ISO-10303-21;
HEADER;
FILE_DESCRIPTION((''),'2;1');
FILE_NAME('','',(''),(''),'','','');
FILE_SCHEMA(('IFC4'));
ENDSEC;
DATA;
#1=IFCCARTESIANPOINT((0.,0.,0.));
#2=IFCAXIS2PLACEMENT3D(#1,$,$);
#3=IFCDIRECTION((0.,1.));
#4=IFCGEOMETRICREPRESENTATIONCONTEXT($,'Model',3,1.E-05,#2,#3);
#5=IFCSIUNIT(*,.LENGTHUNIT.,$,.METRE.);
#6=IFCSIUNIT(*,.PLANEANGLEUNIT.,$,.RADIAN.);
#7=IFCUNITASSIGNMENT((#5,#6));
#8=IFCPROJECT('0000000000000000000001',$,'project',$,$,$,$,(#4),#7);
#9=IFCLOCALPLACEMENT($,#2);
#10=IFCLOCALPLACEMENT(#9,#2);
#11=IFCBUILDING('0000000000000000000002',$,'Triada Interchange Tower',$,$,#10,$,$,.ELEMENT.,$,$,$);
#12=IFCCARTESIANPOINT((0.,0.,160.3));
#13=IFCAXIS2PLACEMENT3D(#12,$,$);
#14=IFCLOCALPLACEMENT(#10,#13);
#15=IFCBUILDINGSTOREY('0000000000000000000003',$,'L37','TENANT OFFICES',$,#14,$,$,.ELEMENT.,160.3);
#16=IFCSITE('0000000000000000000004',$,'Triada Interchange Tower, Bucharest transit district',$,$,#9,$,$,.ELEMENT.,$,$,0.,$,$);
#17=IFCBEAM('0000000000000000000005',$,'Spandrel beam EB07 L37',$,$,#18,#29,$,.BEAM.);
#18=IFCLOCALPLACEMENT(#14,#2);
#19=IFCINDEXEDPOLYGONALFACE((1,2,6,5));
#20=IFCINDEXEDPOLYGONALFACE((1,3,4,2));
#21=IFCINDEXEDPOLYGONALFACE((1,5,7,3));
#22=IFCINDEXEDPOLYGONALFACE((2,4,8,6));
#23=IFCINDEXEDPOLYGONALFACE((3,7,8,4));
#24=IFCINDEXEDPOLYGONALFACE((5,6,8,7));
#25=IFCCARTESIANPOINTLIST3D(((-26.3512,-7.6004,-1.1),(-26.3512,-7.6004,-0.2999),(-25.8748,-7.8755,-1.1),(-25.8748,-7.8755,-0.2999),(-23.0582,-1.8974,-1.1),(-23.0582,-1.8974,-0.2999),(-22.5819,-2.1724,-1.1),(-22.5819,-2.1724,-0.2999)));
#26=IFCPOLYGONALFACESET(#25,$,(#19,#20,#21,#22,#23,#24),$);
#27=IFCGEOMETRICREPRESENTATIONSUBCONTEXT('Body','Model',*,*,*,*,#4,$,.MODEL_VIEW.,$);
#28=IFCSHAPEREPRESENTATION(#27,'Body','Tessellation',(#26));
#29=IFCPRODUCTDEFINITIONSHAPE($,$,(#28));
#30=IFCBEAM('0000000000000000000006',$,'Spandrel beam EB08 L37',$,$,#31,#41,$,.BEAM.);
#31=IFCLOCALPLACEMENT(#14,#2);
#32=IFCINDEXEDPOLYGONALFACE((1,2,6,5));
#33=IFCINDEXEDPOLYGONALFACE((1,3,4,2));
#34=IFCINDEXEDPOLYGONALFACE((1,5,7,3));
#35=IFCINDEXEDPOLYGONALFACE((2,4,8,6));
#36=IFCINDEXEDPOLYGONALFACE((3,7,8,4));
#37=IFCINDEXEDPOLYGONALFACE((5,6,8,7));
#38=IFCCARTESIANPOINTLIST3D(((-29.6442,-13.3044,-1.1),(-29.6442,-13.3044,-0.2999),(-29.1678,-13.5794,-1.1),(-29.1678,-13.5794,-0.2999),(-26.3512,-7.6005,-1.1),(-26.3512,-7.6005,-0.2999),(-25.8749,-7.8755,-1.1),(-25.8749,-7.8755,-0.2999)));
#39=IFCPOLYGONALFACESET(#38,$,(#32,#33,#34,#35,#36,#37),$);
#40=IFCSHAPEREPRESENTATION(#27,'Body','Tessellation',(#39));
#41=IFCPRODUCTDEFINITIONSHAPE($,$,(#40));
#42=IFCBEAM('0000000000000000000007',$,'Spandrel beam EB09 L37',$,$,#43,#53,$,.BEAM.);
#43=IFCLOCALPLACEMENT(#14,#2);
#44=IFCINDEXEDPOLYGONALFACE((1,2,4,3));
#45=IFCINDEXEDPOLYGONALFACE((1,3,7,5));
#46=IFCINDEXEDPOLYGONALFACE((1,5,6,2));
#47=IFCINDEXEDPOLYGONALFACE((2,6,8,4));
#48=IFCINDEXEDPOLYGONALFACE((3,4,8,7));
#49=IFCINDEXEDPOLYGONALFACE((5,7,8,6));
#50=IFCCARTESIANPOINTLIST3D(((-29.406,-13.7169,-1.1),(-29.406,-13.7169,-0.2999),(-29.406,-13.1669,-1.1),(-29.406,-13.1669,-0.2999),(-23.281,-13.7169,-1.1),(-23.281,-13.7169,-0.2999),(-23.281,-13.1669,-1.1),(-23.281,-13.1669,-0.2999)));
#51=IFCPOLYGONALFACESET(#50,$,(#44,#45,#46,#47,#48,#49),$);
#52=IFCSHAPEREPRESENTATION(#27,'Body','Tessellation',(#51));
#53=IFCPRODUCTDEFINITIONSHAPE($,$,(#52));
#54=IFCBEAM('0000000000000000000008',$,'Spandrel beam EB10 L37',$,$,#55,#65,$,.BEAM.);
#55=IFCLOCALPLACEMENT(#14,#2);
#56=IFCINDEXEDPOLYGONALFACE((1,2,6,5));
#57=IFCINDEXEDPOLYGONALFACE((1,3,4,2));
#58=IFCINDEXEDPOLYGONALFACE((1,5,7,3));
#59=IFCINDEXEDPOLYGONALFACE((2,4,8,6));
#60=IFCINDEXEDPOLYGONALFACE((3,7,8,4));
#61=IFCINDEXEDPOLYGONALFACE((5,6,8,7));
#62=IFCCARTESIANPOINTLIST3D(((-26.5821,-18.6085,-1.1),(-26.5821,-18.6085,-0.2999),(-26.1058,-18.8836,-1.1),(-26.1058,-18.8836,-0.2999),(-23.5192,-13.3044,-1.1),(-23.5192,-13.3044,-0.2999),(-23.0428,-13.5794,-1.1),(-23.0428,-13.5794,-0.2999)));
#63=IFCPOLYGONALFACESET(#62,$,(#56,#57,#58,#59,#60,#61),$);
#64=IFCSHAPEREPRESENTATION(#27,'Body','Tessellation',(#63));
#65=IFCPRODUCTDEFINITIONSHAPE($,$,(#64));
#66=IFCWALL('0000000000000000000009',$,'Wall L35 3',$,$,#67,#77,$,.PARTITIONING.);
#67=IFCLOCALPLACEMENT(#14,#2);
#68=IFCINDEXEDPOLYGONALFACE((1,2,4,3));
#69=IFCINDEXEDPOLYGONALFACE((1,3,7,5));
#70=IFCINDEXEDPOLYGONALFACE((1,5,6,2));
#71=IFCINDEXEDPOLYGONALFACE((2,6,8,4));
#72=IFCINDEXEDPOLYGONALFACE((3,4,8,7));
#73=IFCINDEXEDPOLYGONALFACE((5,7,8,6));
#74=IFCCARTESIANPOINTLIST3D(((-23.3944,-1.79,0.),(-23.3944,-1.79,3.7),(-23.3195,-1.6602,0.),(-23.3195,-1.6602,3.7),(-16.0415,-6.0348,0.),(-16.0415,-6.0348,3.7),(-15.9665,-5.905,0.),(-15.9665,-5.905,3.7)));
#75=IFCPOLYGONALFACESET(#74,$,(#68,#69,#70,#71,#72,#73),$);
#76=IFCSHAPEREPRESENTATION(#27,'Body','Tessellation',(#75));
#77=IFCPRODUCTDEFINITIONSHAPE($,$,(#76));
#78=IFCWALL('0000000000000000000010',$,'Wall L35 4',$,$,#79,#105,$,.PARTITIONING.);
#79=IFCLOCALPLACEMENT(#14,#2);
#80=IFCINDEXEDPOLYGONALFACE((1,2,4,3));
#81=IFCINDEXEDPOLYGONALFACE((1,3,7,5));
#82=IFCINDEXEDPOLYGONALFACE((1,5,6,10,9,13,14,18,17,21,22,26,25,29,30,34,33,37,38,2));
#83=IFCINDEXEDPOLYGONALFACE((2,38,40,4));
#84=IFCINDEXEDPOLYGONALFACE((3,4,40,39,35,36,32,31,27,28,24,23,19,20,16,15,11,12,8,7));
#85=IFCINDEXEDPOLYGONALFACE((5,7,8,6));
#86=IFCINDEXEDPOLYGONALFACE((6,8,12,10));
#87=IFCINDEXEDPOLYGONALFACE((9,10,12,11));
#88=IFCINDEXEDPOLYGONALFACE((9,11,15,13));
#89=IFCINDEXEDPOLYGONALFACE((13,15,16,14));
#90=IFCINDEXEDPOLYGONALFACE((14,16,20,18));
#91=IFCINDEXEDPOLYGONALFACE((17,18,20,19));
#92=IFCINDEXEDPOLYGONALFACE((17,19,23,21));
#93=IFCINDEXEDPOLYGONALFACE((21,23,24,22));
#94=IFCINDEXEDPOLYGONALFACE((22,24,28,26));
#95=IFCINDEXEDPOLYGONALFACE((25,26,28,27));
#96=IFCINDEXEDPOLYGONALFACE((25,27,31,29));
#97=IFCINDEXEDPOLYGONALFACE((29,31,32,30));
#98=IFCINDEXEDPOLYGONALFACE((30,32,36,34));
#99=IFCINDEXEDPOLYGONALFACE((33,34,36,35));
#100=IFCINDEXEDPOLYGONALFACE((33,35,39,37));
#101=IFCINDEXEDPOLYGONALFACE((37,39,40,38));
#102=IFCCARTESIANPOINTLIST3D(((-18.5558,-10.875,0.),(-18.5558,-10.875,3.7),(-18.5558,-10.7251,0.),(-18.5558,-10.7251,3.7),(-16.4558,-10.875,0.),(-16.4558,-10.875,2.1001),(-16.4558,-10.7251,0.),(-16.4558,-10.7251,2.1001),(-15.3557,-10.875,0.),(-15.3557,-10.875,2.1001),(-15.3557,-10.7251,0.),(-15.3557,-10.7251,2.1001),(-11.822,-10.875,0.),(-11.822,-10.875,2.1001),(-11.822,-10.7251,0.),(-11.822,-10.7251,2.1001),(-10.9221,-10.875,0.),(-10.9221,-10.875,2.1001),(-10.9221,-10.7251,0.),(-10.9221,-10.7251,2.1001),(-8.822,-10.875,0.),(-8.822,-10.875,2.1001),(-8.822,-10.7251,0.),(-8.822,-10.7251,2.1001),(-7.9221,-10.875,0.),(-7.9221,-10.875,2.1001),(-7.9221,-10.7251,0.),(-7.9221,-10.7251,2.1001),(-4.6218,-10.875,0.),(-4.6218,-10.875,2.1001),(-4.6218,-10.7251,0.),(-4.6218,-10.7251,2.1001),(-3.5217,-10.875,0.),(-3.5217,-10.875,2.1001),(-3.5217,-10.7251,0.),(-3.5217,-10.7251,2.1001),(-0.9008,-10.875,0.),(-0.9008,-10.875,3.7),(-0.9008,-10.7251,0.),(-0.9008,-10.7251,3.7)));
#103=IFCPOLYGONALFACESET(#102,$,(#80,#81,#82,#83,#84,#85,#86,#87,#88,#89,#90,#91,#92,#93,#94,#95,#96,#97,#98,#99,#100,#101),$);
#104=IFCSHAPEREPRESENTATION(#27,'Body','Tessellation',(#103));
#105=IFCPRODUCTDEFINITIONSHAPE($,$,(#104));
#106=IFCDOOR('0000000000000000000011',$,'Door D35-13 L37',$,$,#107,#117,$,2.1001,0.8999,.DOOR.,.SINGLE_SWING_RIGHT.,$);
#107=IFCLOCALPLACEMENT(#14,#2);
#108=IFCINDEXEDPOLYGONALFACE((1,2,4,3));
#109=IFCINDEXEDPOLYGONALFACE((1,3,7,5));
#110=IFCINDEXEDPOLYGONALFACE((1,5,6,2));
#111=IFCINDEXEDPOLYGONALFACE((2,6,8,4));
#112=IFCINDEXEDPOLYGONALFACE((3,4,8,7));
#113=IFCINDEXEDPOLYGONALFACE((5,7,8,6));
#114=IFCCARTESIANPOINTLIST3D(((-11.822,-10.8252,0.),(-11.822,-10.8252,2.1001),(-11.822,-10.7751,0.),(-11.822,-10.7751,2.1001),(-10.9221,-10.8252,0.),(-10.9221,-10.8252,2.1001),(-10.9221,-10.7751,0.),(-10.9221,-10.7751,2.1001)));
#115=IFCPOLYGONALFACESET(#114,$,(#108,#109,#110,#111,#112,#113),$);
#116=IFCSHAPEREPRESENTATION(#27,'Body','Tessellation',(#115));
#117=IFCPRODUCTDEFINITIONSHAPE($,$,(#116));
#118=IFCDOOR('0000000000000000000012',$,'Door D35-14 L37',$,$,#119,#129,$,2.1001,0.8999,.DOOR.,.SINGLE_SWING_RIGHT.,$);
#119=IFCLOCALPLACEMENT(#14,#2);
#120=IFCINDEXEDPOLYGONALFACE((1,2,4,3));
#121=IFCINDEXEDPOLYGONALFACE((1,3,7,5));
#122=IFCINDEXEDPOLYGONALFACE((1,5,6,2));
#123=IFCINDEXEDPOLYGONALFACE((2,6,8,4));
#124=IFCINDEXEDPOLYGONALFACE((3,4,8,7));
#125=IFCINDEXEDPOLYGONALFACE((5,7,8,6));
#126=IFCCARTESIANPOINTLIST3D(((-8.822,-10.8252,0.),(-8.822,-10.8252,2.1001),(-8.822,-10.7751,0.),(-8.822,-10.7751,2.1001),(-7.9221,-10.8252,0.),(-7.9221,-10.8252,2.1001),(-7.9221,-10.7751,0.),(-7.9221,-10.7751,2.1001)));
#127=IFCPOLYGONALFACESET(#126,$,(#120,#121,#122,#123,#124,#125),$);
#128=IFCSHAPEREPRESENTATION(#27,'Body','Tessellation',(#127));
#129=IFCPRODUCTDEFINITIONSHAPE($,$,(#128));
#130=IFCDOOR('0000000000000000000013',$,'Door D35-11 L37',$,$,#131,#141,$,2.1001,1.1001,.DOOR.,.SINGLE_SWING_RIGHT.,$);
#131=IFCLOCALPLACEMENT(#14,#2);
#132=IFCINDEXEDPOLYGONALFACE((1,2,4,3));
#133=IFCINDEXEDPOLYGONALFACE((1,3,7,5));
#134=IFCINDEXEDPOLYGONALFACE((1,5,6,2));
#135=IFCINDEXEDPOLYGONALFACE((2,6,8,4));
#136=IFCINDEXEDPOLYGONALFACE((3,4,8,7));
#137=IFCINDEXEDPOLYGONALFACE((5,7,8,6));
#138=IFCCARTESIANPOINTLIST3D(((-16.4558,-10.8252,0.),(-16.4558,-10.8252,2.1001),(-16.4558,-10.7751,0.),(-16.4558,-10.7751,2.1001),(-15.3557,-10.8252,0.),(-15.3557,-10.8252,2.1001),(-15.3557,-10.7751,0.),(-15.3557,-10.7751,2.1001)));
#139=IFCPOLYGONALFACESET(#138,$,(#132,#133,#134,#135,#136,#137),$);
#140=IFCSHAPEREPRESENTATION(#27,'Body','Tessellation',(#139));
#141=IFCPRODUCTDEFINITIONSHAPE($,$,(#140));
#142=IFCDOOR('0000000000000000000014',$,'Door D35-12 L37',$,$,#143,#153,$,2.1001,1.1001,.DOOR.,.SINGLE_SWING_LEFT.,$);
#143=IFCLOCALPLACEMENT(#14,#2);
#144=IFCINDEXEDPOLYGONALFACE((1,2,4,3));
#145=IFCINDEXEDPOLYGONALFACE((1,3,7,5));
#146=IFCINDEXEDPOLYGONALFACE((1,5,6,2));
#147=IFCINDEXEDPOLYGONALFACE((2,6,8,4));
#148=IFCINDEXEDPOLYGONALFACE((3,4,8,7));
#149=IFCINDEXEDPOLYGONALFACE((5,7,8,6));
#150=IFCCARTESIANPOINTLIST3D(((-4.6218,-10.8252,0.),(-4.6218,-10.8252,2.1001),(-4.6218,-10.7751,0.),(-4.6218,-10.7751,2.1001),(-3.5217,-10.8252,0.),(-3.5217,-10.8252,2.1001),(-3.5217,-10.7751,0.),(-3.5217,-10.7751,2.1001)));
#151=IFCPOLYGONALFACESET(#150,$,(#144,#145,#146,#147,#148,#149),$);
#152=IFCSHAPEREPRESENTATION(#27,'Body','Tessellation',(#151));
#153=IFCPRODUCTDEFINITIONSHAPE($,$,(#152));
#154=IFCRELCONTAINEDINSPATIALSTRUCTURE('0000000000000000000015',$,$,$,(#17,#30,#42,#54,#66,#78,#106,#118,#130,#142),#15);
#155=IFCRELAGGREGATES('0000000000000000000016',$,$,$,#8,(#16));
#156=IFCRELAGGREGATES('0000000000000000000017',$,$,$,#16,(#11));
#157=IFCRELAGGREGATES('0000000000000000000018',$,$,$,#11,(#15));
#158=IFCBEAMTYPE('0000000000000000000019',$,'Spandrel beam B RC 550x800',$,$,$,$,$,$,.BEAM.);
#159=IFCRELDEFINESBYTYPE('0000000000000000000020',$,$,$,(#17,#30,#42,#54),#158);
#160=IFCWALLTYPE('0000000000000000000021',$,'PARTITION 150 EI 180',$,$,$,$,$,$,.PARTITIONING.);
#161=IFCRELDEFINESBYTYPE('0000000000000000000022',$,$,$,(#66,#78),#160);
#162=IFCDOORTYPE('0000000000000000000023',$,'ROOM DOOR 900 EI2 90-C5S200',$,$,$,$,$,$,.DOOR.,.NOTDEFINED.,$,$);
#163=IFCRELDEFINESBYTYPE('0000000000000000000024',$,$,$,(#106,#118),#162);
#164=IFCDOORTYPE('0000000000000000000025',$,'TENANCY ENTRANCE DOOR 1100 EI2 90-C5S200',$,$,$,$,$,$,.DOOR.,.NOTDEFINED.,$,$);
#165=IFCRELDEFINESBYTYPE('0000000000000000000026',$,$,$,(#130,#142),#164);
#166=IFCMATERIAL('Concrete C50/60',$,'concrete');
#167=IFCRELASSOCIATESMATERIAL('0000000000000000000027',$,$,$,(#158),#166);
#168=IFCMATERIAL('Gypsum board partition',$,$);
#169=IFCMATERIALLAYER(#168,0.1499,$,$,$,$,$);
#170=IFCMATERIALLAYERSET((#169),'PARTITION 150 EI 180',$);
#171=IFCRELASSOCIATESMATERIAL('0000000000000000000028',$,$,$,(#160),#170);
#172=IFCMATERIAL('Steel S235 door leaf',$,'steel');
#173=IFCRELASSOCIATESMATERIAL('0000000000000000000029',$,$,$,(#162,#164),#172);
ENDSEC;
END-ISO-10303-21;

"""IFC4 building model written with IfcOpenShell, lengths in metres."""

from ifc_helpers import new_model, si_unit, direction, frame, frame_2d, origin, origin_2d, place, context, subcontext, project, spatial, rectangle, extrude, material, layer, layer_set, material_profile, profile_set, type_object, element, fill, save


model = new_model("IFC4")

# Units and contexts
model_context = context("Model", 3, precision=1e-05, world=origin(), true_north=direction((0.0, 1.0)))
body_context = subcontext(model_context, "Body", "Model", "MODEL_VIEW")
ifc_project = project(units=[si_unit("LENGTHUNIT", "METRE"), si_unit("PLANEANGLEUNIT", "RADIAN")], contexts=[model_context])

# Site, building, storey
site_placement = place(None, origin())
site = spatial("IfcSite", under=ifc_project, at=site_placement, Name="Triada Interchange Tower, Bucharest transit district", CompositionType="ELEMENT", RefElevation=0.0)
building_placement = place(site_placement, origin())
building = spatial("IfcBuilding", under=site, at=building_placement, Name="Triada Interchange Tower", CompositionType="ELEMENT")
storey_placement = place(building_placement, frame((0.0, 0.0, 160.3)))
storey = spatial("IfcBuildingStorey", under=building, at=storey_placement, Name="L37", Description="TENANT OFFICES", CompositionType="ELEMENT", Elevation=160.3)

# Beams
ifc_material_1 = material(Name="Concrete C50/60", Category="concrete")
ifc_material_profile_1 = material_profile(ifc_material_1, rectangle(XDim=0.55, YDim=0.8, at=origin_2d()), Name="RC 550x800")
ifc_profile_set_1 = profile_set([ifc_material_profile_1], Name="Concrete C50/60")
beam_type_1 = type_object("IfcBeamType", Name="Spandrel beam B RC 550x800", PredefinedType="BEAM", material=ifc_profile_set_1)
beam_1_placement = place(storey_placement, frame((-22.8201, -2.0349, -0.7), z_axis=(-0.500031, -0.866008, 0.0), x_axis=(0.866008, -0.500031, 0.0)))
element("IfcBeam", 1, at=beam_1_placement, inside=storey, type_object=beam_type_1, Name="Spandrel beam EB07 L37", PredefinedType="BEAM", context=body_context, shape_type="SweptSolid", body=[
    extrude(rectangle(XDim=0.55, YDim=0.8, at=origin_2d()), origin(), (0.0, 0.0, 1.0), 6.5854),
])
beam_2_placement = place(storey_placement, frame((-26.113, -7.738, -0.7), z_axis=(-0.499982, -0.866036, 0.0), x_axis=(0.866036, -0.499982, 0.0)))
element("IfcBeam", 2, at=beam_2_placement, inside=storey, type_object=beam_type_1, Name="Spandrel beam EB08 L37", PredefinedType="BEAM", context=body_context, shape_type="SweptSolid", body=[
    extrude(rectangle(XDim=0.55, YDim=0.8, at=origin_2d()), origin(), (0.0, 0.0, 1.0), 6.5862),
])
for number, where, z_axis, x_axis, name in (
    (3, (-29.406, -13.4419, -0.7), (1.0, 0.0, 0.0), (0.0, 1.0, 0.0), "Spandrel beam EB09 L37"),
    (4, (-23.281, -13.4419, -0.7), (-0.500074, -0.865982, 0.0), (0.865982, -0.500074, 0.0), "Spandrel beam EB10 L37"),
):
    element("IfcBeam", number, at=place(storey_placement, frame(where, z_axis=z_axis, x_axis=x_axis)), inside=storey, type_object=beam_type_1, Name=name, PredefinedType="BEAM", context=body_context, shape_type="SweptSolid", body=[
        extrude(rectangle(XDim=0.55, YDim=0.8, at=origin_2d()), origin(), (0.0, 0.0, 1.0), 6.125),
    ])

# Wall
ifc_material_2 = material(Name="Gypsum board partition")
ifc_layer_1 = layer(ifc_material_2, 0.1499)
ifc_layer_set_1 = layer_set([ifc_layer_1], Name="PARTITION 150 EI 180")
wall_type = type_object("IfcWallType", Name="PARTITION 150 EI 180", PredefinedType="PARTITIONING", material=ifc_layer_set_1)
wall_1_placement = place(storey_placement, frame((-23.3569, -1.7251, 0.0), z_axis=(0.0, 0.0, 1.0), x_axis=(0.866046, -0.499965, 0.0)))
element("IfcWall", 5, at=wall_1_placement, inside=storey, type_object=wall_type, Name="Wall L35 3", PredefinedType="PARTITIONING", context=body_context, shape_type="SweptSolid", body=[
    extrude(rectangle(XDim=8.4902, YDim=0.1499, at=frame_2d((4.2451, 0.0))), origin(), (0.0, 0.0, 1.0), 3.7),
])

# Wall, openings, doors
wall_2_placement = place(storey_placement, frame((-18.5559, -10.8, 0.0), z_axis=(0.0, 0.0, 1.0), x_axis=(1.0, 0.0, 0.0)))
wall_2 = element("IfcWall", 6, at=wall_2_placement, inside=storey, type_object=wall_type, Name="Wall L35 4", PredefinedType="PARTITIONING", context=body_context, shape_type="SweptSolid", body=[
    extrude(rectangle(XDim=17.655, YDim=0.1499, at=frame_2d((8.8276, 0.0))), origin(), (0.0, 0.0, 1.0), 3.7),
])
opening_1_placement = place(wall_2_placement, frame((2.1001, 0.0, 0.0)))
opening_1 = element("IfcOpeningElement", 7, at=opening_1_placement, cuts=wall_2, PredefinedType="OPENING", context=body_context, shape_type="SweptSolid", body=[
    extrude(rectangle(XDim=1.1001, YDim=2.1001, at=frame_2d((0.55, 1.05))), frame((0.0, 0.085, 0.0), z_axis=(0.0, -1.0, 0.0), x_axis=(1.0, 0.0, 0.0)), (0.0, 0.0, 1.0), 0.1699),
])
opening_2_placement = place(wall_2_placement, frame((13.9341, 0.0, 0.0)))
opening_2 = element("IfcOpeningElement", 8, at=opening_2_placement, cuts=wall_2, PredefinedType="OPENING", context=body_context, shape_type="SweptSolid", body=[
    extrude(rectangle(XDim=1.1001, YDim=2.1001, at=frame_2d((0.55, 1.05))), frame((0.0, 0.085, 0.0), z_axis=(0.0, -1.0, 0.0), x_axis=(1.0, 0.0, 0.0)), (0.0, 0.0, 1.0), 0.1699),
])
opening_3_placement = place(wall_2_placement, frame((6.7339, 0.0, 0.0)))
opening_3 = element("IfcOpeningElement", 9, at=opening_3_placement, cuts=wall_2, PredefinedType="OPENING", context=body_context, shape_type="SweptSolid", body=[
    extrude(rectangle(XDim=0.8999, YDim=2.1001, at=frame_2d((0.45, 1.05))), frame((0.0, 0.085, 0.0), z_axis=(0.0, -1.0, 0.0), x_axis=(1.0, 0.0, 0.0)), (0.0, 0.0, 1.0), 0.1699),
])
opening_4_placement = place(wall_2_placement, frame((9.7339, 0.0, 0.0)))
opening_4 = element("IfcOpeningElement", 10, at=opening_4_placement, cuts=wall_2, PredefinedType="OPENING", context=body_context, shape_type="SweptSolid", body=[
    extrude(rectangle(XDim=0.8999, YDim=2.1001, at=frame_2d((0.45, 1.05))), frame((0.0, 0.085, 0.0), z_axis=(0.0, -1.0, 0.0), x_axis=(1.0, 0.0, 0.0)), (0.0, 0.0, 1.0), 0.1699),
])
ifc_material_3 = material(Name="Steel S235 door leaf", Category="steel")
door_type_1 = type_object("IfcDoorType", Name="ROOM DOOR 900 EI2 90-C5S200", OperationType="NOTDEFINED", PredefinedType="DOOR", material=ifc_material_3)
door_1_placement = place(opening_3_placement, origin())
door_1 = element("IfcDoor", 11, at=door_1_placement, inside=storey, type_object=door_type_1, Name="Door D35-13 L37", OperationType="SINGLE_SWING_RIGHT", OverallHeight=2.1001, OverallWidth=0.8999, PredefinedType="DOOR", context=body_context, shape_type="SweptSolid", body=[
    extrude(rectangle(XDim=0.8999, YDim=2.1001, at=frame_2d((0.45, 1.05))), frame((0.0, 0.0249, 0.0), z_axis=(0.0, -1.0, 0.0), x_axis=(1.0, 0.0, 0.0)), (0.0, 0.0, 1.0), 0.05),
])
fill(opening_3, door_1)
door_2_placement = place(opening_4_placement, origin())
door_2 = element("IfcDoor", 12, at=door_2_placement, inside=storey, type_object=door_type_1, Name="Door D35-14 L37", OperationType="SINGLE_SWING_RIGHT", OverallHeight=2.1001, OverallWidth=0.8999, PredefinedType="DOOR", context=body_context, shape_type="SweptSolid", body=[
    extrude(rectangle(XDim=0.8999, YDim=2.1001, at=frame_2d((0.45, 1.05))), frame((0.0, 0.0249, 0.0), z_axis=(0.0, -1.0, 0.0), x_axis=(1.0, 0.0, 0.0)), (0.0, 0.0, 1.0), 0.05),
])
fill(opening_4, door_2)
door_type_2 = type_object("IfcDoorType", Name="TENANCY ENTRANCE DOOR 1100 EI2 90-C5S200", OperationType="NOTDEFINED", PredefinedType="DOOR", material=ifc_material_3)
door_3_placement = place(opening_1_placement, origin())
door_3 = element("IfcDoor", 13, at=door_3_placement, inside=storey, type_object=door_type_2, Name="Door D35-11 L37", OperationType="SINGLE_SWING_RIGHT", OverallHeight=2.1001, OverallWidth=1.1001, PredefinedType="DOOR", context=body_context, shape_type="SweptSolid", body=[
    extrude(rectangle(XDim=1.1001, YDim=2.1001, at=frame_2d((0.55, 1.05))), frame((0.0, 0.0249, 0.0), z_axis=(0.0, -1.0, 0.0), x_axis=(1.0, 0.0, 0.0)), (0.0, 0.0, 1.0), 0.05),
])
fill(opening_1, door_3)
door_4_placement = place(opening_2_placement, origin())
door_4 = element("IfcDoor", 14, at=door_4_placement, inside=storey, type_object=door_type_2, Name="Door D35-12 L37", OperationType="SINGLE_SWING_LEFT", OverallHeight=2.1001, OverallWidth=1.1001, PredefinedType="DOOR", context=body_context, shape_type="SweptSolid", body=[
    extrude(rectangle(XDim=1.1001, YDim=2.1001, at=frame_2d((0.55, 1.05))), frame((0.0, 0.0249, 0.0), z_axis=(0.0, -1.0, 0.0), x_axis=(1.0, 0.0, 0.0)), (0.0, 0.0, 1.0), 0.05),
])
fill(opening_2, door_4)

save(model, "model.ifc")
